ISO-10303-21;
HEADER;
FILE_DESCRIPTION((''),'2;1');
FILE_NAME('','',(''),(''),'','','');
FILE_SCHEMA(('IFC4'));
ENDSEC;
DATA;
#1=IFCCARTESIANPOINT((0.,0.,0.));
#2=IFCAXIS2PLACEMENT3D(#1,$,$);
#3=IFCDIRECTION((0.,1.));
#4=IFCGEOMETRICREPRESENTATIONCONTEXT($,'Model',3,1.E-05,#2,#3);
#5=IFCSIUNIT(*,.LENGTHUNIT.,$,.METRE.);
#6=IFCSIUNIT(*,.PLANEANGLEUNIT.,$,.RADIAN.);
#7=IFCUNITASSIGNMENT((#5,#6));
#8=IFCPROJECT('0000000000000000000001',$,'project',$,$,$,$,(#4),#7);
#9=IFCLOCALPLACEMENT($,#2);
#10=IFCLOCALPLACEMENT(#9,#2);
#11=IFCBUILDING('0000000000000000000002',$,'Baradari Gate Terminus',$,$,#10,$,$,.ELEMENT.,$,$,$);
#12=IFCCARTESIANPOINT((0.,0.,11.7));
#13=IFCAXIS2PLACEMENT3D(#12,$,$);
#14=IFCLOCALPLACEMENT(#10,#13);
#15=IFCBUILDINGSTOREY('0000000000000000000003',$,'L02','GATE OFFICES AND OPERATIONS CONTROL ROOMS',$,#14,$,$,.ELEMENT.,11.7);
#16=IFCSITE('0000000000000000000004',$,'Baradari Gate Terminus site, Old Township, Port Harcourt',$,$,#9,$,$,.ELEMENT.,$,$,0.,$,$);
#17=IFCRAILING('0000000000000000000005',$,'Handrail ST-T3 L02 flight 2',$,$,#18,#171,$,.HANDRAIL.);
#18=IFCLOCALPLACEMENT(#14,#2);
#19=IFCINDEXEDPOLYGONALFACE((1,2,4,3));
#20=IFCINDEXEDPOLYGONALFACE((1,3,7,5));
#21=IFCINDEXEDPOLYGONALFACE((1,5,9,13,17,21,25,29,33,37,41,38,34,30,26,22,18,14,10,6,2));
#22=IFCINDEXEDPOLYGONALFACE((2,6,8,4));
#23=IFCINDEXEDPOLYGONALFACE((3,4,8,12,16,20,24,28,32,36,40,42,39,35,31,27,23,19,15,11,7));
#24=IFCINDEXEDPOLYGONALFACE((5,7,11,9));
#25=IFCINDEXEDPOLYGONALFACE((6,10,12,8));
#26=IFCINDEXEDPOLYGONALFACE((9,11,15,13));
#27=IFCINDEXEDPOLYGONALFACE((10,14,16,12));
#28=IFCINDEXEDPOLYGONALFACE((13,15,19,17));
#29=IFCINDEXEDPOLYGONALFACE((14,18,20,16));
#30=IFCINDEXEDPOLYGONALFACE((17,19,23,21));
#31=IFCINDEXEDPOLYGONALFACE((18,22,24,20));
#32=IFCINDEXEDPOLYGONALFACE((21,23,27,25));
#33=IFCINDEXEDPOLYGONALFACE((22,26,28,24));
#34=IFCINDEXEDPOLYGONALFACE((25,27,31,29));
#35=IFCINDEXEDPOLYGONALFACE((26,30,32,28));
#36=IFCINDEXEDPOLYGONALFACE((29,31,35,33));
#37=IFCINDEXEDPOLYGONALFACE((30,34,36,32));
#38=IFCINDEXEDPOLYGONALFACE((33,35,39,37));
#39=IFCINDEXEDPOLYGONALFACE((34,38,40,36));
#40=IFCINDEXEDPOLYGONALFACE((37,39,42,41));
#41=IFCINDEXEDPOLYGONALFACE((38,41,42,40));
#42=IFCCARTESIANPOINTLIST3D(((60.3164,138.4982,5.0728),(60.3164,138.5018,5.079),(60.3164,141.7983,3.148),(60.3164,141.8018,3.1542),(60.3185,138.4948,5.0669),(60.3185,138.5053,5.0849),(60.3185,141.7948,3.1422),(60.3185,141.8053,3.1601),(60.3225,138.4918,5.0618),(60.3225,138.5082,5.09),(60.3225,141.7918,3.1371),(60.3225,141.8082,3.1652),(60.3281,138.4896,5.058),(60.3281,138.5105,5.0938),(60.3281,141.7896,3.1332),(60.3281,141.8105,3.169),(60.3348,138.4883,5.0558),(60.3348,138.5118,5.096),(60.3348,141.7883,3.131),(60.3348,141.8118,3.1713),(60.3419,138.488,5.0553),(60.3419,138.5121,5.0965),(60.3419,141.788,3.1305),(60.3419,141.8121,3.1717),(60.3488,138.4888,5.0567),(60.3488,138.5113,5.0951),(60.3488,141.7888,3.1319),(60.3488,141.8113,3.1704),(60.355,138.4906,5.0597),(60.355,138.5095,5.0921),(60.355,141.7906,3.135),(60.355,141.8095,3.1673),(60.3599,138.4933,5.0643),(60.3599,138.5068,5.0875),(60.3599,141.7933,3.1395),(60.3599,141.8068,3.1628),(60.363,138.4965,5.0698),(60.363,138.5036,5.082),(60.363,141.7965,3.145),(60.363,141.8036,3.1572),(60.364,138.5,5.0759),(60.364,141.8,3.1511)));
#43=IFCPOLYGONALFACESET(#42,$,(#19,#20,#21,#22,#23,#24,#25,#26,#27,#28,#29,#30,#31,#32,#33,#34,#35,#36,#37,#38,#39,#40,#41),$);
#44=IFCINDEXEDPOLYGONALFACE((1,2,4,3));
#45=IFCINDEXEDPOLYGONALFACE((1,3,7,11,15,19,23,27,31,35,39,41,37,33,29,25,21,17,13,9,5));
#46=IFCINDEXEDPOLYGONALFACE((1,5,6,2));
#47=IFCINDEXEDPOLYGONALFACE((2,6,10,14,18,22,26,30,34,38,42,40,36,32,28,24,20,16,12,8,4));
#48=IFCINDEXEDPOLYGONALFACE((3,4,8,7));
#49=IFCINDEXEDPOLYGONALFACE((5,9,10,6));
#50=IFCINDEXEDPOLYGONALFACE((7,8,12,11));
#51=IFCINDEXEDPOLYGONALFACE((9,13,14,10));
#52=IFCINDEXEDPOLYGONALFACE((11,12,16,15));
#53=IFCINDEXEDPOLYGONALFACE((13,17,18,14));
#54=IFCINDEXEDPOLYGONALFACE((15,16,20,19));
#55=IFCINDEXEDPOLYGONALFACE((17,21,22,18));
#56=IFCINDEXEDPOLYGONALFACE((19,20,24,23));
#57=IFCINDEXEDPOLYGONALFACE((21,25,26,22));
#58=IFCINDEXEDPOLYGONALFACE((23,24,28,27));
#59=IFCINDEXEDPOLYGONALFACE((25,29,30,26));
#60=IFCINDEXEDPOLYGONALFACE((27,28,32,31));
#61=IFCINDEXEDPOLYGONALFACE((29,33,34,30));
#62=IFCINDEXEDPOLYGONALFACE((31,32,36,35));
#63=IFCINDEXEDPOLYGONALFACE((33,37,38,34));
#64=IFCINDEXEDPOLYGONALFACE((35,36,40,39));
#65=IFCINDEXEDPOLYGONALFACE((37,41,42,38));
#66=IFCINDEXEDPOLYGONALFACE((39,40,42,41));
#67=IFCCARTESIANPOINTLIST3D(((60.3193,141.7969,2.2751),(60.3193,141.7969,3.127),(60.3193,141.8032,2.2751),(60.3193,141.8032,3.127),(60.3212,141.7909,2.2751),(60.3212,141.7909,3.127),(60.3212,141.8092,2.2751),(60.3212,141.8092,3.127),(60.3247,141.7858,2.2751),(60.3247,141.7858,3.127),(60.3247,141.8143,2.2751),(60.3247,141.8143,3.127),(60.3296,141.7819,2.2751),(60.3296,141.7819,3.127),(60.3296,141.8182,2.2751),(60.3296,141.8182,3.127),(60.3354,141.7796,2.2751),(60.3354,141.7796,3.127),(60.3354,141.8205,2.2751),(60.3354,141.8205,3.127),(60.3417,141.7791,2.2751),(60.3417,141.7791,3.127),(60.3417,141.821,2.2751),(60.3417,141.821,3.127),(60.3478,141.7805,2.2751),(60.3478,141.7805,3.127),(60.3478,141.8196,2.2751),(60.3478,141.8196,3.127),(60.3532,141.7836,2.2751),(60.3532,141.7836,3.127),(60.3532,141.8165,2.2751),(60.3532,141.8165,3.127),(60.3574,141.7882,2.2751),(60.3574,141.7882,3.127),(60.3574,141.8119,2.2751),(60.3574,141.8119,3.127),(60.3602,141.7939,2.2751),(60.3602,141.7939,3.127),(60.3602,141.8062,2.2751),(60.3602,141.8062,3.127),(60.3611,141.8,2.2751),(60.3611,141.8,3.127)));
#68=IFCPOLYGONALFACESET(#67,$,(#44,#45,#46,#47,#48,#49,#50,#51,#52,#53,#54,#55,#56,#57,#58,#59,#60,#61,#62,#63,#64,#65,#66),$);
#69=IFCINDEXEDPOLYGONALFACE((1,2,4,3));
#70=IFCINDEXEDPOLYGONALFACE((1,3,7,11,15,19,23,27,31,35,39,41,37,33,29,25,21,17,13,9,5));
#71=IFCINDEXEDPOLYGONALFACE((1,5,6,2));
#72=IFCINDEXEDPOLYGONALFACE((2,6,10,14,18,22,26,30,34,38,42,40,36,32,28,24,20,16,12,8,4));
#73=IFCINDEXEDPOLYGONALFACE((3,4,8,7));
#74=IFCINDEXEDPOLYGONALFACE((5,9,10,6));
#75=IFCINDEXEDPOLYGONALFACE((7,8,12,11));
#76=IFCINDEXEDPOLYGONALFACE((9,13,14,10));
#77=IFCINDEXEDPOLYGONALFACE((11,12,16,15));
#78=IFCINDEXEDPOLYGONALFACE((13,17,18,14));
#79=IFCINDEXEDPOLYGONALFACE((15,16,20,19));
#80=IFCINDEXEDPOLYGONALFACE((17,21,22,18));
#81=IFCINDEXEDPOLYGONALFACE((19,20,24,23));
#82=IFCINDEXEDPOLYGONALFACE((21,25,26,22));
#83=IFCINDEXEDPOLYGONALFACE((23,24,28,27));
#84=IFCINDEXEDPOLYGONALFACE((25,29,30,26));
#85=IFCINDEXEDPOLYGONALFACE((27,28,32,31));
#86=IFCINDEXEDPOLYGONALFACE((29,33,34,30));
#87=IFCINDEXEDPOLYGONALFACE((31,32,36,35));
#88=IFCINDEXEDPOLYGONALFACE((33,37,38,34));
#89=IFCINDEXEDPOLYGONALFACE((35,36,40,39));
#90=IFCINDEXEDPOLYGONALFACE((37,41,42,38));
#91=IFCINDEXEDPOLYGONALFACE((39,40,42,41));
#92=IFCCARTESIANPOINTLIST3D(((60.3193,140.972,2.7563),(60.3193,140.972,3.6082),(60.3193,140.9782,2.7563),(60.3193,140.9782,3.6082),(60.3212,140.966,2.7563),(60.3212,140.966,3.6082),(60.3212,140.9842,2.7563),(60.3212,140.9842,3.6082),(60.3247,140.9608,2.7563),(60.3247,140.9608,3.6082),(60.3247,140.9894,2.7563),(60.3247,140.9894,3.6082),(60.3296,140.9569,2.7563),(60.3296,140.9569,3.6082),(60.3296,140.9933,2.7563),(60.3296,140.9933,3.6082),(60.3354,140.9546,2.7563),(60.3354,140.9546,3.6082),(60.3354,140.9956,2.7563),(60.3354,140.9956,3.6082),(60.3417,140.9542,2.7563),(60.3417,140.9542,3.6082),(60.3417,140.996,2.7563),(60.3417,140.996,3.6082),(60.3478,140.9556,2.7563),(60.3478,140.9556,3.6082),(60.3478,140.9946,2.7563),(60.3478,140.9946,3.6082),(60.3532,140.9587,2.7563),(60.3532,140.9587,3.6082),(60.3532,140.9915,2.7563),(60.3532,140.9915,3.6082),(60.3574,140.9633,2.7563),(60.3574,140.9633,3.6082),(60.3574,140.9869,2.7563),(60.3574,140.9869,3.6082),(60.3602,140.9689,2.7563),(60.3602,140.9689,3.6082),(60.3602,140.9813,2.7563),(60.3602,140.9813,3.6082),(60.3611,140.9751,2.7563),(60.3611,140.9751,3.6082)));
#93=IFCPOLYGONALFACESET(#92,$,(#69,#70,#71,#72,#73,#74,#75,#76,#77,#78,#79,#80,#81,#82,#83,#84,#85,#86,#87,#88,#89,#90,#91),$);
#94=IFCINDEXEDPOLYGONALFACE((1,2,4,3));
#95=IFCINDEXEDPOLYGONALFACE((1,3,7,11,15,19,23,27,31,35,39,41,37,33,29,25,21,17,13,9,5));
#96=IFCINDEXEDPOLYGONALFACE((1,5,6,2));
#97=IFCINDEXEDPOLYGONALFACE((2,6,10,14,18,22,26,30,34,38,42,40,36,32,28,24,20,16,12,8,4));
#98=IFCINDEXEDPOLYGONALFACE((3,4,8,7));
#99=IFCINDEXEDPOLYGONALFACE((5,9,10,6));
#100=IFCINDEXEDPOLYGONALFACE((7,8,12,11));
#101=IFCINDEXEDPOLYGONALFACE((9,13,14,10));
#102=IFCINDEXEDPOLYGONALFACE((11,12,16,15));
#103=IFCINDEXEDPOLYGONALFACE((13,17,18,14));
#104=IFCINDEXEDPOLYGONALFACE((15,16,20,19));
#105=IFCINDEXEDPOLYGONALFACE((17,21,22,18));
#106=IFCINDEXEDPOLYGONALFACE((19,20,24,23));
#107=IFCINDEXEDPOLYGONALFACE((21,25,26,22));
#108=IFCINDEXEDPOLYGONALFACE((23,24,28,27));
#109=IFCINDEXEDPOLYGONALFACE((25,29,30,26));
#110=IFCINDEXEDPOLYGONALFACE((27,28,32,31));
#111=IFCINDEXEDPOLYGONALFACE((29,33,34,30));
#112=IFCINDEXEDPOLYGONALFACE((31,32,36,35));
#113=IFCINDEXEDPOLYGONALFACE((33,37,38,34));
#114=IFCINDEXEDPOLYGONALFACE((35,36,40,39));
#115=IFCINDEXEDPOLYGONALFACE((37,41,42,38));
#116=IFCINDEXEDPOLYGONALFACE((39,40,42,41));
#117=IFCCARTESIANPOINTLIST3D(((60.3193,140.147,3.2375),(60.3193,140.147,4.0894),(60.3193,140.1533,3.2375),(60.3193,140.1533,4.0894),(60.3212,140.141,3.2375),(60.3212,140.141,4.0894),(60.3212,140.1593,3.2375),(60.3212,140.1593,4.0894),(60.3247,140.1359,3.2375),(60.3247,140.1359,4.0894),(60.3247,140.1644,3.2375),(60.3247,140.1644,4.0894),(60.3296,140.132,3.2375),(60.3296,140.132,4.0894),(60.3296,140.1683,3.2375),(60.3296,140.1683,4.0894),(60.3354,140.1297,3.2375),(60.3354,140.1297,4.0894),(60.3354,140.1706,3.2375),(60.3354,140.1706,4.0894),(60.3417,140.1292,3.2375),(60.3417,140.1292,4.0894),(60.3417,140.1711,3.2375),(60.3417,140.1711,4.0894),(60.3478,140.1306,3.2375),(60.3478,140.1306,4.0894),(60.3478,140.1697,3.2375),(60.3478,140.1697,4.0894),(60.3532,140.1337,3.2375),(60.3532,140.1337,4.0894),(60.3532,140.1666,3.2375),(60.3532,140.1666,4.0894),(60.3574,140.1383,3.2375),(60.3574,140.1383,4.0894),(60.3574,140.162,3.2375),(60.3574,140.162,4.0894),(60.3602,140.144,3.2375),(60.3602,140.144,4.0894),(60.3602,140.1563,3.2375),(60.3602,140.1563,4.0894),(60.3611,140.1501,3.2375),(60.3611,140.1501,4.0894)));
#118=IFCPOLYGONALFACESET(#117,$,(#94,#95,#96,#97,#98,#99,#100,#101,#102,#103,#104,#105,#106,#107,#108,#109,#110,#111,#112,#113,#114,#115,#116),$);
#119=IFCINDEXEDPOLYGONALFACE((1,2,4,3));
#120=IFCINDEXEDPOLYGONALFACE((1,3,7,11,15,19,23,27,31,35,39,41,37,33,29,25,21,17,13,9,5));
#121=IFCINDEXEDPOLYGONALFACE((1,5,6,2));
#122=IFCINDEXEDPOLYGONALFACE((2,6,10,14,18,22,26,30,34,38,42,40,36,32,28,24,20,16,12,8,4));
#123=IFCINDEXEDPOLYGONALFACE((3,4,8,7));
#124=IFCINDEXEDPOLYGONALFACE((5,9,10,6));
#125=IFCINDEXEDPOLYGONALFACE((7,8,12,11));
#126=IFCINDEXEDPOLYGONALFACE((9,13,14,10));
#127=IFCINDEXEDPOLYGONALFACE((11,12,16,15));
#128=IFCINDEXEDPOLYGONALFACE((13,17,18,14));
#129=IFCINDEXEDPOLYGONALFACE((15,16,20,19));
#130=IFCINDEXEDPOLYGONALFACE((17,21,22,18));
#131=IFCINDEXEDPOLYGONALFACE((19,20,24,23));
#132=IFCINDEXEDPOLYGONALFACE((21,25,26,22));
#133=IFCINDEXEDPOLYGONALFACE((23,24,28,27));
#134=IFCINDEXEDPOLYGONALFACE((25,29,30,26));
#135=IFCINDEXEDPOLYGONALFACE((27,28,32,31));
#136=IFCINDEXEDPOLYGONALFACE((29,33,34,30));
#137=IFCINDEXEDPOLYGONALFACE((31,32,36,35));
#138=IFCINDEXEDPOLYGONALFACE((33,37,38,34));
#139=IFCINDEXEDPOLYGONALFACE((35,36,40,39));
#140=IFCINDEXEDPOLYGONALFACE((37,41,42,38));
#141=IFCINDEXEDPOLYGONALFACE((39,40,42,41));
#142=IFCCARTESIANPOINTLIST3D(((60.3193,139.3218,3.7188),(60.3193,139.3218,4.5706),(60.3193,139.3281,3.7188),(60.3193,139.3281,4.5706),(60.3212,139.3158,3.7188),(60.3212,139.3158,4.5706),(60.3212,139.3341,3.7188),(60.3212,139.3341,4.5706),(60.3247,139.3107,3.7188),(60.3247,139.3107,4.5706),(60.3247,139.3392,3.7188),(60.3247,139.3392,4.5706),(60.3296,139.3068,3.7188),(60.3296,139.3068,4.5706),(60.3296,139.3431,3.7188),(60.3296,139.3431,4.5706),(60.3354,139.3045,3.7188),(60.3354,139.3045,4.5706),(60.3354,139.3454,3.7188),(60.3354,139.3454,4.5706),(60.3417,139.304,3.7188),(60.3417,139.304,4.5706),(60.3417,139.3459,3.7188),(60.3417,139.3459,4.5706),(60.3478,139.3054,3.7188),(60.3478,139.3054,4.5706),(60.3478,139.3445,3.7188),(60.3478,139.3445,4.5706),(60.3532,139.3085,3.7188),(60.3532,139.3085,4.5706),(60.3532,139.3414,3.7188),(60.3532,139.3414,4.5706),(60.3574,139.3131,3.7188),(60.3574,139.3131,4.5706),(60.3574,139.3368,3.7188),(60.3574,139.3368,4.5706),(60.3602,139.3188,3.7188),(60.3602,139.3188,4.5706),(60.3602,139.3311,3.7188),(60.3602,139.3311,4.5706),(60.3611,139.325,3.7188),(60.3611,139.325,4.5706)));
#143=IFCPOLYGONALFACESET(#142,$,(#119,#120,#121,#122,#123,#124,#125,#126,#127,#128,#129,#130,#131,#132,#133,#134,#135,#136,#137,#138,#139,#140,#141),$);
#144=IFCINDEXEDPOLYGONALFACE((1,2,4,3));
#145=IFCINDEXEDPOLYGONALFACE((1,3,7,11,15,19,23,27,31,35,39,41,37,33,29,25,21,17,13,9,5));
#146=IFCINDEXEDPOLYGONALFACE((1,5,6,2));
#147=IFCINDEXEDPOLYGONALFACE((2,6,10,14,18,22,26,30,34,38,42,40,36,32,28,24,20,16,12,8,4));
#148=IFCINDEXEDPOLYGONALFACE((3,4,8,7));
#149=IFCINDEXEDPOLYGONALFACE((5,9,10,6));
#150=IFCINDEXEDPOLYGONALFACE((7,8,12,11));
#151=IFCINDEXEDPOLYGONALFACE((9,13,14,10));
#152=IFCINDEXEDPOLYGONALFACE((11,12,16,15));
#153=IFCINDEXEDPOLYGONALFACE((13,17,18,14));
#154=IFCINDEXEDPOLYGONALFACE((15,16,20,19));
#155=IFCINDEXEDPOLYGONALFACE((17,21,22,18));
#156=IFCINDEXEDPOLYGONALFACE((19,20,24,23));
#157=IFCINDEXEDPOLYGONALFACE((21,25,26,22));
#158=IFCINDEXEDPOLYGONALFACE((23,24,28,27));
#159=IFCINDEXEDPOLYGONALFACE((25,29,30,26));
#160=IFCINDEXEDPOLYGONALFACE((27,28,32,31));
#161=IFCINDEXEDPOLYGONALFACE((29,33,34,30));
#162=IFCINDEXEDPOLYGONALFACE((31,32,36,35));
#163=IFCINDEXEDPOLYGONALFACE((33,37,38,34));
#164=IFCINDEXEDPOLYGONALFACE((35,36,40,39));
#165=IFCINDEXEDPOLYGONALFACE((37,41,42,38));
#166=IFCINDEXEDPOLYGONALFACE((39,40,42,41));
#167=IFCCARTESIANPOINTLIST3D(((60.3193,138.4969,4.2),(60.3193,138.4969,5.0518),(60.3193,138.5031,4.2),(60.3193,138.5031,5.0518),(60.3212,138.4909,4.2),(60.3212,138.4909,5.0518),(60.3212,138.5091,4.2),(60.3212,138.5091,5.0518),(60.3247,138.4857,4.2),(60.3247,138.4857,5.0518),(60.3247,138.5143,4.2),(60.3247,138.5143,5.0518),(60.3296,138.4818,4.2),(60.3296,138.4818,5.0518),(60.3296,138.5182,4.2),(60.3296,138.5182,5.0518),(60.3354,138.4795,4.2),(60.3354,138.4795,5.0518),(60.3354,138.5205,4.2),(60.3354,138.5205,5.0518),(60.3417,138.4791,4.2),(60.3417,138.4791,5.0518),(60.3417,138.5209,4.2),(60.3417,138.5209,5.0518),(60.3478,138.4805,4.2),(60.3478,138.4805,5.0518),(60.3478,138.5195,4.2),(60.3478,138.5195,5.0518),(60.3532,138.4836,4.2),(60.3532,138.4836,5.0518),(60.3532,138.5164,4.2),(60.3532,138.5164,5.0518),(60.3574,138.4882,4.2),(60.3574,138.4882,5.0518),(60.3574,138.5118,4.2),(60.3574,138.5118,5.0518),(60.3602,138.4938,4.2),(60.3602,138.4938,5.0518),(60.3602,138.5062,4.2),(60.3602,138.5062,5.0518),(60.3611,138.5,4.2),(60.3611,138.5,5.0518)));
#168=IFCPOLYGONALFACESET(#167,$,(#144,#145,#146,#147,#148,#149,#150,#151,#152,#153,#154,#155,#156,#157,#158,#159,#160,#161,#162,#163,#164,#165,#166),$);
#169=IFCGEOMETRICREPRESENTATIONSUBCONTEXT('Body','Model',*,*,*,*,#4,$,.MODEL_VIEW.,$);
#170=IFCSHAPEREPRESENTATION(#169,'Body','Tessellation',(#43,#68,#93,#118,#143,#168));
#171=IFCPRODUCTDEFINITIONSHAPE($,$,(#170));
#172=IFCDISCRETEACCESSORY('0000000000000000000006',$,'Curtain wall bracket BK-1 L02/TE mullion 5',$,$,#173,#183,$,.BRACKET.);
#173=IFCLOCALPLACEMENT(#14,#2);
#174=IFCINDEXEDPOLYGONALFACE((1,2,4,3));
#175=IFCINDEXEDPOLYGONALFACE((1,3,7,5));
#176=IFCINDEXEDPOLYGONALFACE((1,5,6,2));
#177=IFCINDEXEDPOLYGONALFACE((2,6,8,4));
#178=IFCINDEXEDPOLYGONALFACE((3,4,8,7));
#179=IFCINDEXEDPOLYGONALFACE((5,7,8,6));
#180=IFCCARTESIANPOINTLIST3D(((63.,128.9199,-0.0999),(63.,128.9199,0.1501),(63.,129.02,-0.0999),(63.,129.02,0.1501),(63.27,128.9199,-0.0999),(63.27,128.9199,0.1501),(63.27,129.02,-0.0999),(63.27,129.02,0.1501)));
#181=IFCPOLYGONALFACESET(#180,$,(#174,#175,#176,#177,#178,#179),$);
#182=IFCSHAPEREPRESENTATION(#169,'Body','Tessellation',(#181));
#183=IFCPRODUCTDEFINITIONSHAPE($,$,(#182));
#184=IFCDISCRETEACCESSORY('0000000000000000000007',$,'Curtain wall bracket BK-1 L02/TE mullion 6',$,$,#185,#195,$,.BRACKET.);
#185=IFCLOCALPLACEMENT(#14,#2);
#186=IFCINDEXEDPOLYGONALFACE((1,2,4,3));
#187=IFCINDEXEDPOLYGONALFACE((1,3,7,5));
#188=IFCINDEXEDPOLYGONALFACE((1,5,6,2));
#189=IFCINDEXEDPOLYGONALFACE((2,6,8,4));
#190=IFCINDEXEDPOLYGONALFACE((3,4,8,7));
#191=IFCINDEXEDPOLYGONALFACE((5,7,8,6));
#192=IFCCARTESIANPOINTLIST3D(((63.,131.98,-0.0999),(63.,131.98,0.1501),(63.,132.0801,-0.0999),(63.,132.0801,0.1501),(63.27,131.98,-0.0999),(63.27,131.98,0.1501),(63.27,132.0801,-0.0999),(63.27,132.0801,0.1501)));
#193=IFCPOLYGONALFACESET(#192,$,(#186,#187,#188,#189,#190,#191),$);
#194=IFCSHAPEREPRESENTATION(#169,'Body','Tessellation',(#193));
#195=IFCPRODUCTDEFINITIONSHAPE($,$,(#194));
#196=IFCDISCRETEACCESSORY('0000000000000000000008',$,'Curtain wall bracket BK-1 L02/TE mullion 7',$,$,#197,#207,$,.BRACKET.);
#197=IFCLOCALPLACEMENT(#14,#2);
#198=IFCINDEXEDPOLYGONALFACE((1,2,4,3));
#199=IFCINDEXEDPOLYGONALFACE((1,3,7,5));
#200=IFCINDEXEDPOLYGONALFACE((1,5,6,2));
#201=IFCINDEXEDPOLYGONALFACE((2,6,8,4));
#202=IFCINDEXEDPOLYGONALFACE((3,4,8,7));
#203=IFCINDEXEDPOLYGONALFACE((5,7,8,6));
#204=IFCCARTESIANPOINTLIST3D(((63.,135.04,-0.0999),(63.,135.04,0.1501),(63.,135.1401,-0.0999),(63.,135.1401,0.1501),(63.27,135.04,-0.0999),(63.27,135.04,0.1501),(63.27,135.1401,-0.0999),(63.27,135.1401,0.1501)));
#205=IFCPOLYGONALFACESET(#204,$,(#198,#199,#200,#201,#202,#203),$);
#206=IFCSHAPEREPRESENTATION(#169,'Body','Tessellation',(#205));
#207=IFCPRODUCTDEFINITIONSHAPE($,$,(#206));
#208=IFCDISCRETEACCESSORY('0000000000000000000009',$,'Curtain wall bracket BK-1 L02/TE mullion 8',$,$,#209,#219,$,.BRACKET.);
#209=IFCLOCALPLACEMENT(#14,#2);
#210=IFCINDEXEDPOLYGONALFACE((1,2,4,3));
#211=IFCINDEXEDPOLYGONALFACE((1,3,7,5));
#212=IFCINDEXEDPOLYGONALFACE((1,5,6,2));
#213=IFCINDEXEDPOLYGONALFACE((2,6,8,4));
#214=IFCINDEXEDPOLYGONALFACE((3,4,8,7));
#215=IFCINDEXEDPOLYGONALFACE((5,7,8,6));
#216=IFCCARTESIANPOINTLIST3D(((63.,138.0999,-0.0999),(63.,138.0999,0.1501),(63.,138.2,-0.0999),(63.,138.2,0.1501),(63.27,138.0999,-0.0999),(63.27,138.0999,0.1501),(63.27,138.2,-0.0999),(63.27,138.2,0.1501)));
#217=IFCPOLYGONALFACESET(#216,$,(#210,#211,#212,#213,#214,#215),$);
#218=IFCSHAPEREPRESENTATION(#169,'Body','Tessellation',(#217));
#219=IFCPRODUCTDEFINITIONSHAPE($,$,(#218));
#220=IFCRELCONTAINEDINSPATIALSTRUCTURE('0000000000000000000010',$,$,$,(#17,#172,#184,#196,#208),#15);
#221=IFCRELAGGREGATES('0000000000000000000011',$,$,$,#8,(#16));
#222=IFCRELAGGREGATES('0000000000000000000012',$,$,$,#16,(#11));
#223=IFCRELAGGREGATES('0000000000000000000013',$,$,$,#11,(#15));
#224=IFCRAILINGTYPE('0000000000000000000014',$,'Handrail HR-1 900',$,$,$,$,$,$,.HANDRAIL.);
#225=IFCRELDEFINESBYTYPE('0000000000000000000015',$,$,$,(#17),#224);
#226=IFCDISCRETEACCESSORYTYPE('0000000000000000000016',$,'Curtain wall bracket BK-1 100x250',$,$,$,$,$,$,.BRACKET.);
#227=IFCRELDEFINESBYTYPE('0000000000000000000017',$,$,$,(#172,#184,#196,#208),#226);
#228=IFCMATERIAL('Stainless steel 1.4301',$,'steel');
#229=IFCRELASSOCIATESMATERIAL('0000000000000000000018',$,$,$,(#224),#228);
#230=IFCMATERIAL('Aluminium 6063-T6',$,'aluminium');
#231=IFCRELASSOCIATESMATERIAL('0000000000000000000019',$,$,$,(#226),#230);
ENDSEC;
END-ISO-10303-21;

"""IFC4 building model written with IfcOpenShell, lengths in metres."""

from ifc_helpers import new_model, si_unit, direction, frame, origin, origin_2d, place, context, subcontext, project, spatial, rectangle, circle, extrude, material, type_object, element, save


model = new_model("IFC4")

# Units and contexts
model_context = context("Model", 3, precision=1e-05, world=origin(), true_north=direction((0.0, 1.0)))
body_context = subcontext(model_context, "Body", "Model", "MODEL_VIEW")
ifc_project = project(units=[si_unit("LENGTHUNIT", "METRE"), si_unit("PLANEANGLEUNIT", "RADIAN")], contexts=[model_context])

# Site, building, storey
site_placement = place(None, origin())
site = spatial("IfcSite", under=ifc_project, at=site_placement, Name="Baradari Gate Terminus site, Old Township, Port Harcourt", CompositionType="ELEMENT", RefElevation=0.0)
building_placement = place(site_placement, origin())
building = spatial("IfcBuilding", under=site, at=building_placement, Name="Baradari Gate Terminus", CompositionType="ELEMENT")
storey_placement = place(building_placement, frame((0.0, 0.0, 11.7)))
storey = spatial("IfcBuildingStorey", under=building, at=storey_placement, Name="L02", Description="GATE OFFICES AND OPERATIONS CONTROL ROOMS", CompositionType="ELEMENT", Elevation=11.7)

# Railing
ifc_material_1 = material(Name="Stainless steel 1.4301", Category="steel")
railing_type = type_object("IfcRailingType", Name="Handrail HR-1 900", PredefinedType="HANDRAIL", material=ifc_material_1)
for number, where, name in (
    (1, (60.3401, 141.8, 2.2751), "Handrail ST-T3 L02 flight 2"),
):
    element("IfcRailing", number, at=place(storey_placement, frame(where)), inside=storey, type_object=railing_type, Name=name, PredefinedType="HANDRAIL", context=body_context, shape_type="SweptSolid", body=[
        extrude(circle(Radius=0.0239, at=origin_2d()), frame((0.0, 0.0, 0.876), z_axis=(0.0, -0.863804, 0.503827), x_axis=(1.0, 0.0, 0.0)), (0.0, 0.0, 1.0), 3.8203),
        extrude(circle(Radius=0.021, at=origin_2d()), origin(), (0.0, 0.0, 1.0), 0.8518),
        extrude(circle(Radius=0.021, at=origin_2d()), frame((0.0, -0.825, 0.4812)), (0.0, 0.0, 1.0), 0.8518),
        extrude(circle(Radius=0.021, at=origin_2d()), frame((0.0, -1.6499, 0.9624)), (0.0, 0.0, 1.0), 0.8518),
        extrude(circle(Radius=0.021, at=origin_2d()), frame((0.0, -2.4751, 1.4436)), (0.0, 0.0, 1.0), 0.8518),
        extrude(circle(Radius=0.021, at=origin_2d()), frame((0.0, -3.3, 1.9248)), (0.0, 0.0, 1.0), 0.8518),
    ])

# Discrete accessories
ifc_material_2 = material(Name="Aluminium 6063-T6", Category="aluminium")
discrete_accessory_type = type_object("IfcDiscreteAccessoryType", Name="Curtain wall bracket BK-1 100x250", PredefinedType="BRACKET", material=ifc_material_2)
for number, where, z_axis, x_axis, name in (
    (2, (63.135, 128.97, -0.0999), (0.0, 0.0, 1.0), (1.0, 0.0, 0.0), "Curtain wall bracket BK-1 L02/TE mullion 5"),
    (3, (63.135, 132.03, -0.0999), (0.0, 0.0, 1.0), (1.0, 0.0, 0.0), "Curtain wall bracket BK-1 L02/TE mullion 6"),
    (4, (63.135, 135.0901, -0.0999), (0.0, 0.0, 1.0), (1.0, 0.0, 0.0), "Curtain wall bracket BK-1 L02/TE mullion 7"),
    (5, (63.135, 138.1499, -0.0999), (0.0, 0.0, 1.0), (1.0, 0.0, 0.0), "Curtain wall bracket BK-1 L02/TE mullion 8"),
):
    element("IfcDiscreteAccessory", number, at=place(storey_placement, frame(where, z_axis=z_axis, x_axis=x_axis)), inside=storey, type_object=discrete_accessory_type, Name=name, PredefinedType="BRACKET", context=body_context, shape_type="SweptSolid", body=[
        extrude(rectangle(XDim=0.27, YDim=0.1001, at=origin_2d()), origin(), (0.0, 0.0, 1.0), 0.25),
    ])

save(model, "model.ifc")
